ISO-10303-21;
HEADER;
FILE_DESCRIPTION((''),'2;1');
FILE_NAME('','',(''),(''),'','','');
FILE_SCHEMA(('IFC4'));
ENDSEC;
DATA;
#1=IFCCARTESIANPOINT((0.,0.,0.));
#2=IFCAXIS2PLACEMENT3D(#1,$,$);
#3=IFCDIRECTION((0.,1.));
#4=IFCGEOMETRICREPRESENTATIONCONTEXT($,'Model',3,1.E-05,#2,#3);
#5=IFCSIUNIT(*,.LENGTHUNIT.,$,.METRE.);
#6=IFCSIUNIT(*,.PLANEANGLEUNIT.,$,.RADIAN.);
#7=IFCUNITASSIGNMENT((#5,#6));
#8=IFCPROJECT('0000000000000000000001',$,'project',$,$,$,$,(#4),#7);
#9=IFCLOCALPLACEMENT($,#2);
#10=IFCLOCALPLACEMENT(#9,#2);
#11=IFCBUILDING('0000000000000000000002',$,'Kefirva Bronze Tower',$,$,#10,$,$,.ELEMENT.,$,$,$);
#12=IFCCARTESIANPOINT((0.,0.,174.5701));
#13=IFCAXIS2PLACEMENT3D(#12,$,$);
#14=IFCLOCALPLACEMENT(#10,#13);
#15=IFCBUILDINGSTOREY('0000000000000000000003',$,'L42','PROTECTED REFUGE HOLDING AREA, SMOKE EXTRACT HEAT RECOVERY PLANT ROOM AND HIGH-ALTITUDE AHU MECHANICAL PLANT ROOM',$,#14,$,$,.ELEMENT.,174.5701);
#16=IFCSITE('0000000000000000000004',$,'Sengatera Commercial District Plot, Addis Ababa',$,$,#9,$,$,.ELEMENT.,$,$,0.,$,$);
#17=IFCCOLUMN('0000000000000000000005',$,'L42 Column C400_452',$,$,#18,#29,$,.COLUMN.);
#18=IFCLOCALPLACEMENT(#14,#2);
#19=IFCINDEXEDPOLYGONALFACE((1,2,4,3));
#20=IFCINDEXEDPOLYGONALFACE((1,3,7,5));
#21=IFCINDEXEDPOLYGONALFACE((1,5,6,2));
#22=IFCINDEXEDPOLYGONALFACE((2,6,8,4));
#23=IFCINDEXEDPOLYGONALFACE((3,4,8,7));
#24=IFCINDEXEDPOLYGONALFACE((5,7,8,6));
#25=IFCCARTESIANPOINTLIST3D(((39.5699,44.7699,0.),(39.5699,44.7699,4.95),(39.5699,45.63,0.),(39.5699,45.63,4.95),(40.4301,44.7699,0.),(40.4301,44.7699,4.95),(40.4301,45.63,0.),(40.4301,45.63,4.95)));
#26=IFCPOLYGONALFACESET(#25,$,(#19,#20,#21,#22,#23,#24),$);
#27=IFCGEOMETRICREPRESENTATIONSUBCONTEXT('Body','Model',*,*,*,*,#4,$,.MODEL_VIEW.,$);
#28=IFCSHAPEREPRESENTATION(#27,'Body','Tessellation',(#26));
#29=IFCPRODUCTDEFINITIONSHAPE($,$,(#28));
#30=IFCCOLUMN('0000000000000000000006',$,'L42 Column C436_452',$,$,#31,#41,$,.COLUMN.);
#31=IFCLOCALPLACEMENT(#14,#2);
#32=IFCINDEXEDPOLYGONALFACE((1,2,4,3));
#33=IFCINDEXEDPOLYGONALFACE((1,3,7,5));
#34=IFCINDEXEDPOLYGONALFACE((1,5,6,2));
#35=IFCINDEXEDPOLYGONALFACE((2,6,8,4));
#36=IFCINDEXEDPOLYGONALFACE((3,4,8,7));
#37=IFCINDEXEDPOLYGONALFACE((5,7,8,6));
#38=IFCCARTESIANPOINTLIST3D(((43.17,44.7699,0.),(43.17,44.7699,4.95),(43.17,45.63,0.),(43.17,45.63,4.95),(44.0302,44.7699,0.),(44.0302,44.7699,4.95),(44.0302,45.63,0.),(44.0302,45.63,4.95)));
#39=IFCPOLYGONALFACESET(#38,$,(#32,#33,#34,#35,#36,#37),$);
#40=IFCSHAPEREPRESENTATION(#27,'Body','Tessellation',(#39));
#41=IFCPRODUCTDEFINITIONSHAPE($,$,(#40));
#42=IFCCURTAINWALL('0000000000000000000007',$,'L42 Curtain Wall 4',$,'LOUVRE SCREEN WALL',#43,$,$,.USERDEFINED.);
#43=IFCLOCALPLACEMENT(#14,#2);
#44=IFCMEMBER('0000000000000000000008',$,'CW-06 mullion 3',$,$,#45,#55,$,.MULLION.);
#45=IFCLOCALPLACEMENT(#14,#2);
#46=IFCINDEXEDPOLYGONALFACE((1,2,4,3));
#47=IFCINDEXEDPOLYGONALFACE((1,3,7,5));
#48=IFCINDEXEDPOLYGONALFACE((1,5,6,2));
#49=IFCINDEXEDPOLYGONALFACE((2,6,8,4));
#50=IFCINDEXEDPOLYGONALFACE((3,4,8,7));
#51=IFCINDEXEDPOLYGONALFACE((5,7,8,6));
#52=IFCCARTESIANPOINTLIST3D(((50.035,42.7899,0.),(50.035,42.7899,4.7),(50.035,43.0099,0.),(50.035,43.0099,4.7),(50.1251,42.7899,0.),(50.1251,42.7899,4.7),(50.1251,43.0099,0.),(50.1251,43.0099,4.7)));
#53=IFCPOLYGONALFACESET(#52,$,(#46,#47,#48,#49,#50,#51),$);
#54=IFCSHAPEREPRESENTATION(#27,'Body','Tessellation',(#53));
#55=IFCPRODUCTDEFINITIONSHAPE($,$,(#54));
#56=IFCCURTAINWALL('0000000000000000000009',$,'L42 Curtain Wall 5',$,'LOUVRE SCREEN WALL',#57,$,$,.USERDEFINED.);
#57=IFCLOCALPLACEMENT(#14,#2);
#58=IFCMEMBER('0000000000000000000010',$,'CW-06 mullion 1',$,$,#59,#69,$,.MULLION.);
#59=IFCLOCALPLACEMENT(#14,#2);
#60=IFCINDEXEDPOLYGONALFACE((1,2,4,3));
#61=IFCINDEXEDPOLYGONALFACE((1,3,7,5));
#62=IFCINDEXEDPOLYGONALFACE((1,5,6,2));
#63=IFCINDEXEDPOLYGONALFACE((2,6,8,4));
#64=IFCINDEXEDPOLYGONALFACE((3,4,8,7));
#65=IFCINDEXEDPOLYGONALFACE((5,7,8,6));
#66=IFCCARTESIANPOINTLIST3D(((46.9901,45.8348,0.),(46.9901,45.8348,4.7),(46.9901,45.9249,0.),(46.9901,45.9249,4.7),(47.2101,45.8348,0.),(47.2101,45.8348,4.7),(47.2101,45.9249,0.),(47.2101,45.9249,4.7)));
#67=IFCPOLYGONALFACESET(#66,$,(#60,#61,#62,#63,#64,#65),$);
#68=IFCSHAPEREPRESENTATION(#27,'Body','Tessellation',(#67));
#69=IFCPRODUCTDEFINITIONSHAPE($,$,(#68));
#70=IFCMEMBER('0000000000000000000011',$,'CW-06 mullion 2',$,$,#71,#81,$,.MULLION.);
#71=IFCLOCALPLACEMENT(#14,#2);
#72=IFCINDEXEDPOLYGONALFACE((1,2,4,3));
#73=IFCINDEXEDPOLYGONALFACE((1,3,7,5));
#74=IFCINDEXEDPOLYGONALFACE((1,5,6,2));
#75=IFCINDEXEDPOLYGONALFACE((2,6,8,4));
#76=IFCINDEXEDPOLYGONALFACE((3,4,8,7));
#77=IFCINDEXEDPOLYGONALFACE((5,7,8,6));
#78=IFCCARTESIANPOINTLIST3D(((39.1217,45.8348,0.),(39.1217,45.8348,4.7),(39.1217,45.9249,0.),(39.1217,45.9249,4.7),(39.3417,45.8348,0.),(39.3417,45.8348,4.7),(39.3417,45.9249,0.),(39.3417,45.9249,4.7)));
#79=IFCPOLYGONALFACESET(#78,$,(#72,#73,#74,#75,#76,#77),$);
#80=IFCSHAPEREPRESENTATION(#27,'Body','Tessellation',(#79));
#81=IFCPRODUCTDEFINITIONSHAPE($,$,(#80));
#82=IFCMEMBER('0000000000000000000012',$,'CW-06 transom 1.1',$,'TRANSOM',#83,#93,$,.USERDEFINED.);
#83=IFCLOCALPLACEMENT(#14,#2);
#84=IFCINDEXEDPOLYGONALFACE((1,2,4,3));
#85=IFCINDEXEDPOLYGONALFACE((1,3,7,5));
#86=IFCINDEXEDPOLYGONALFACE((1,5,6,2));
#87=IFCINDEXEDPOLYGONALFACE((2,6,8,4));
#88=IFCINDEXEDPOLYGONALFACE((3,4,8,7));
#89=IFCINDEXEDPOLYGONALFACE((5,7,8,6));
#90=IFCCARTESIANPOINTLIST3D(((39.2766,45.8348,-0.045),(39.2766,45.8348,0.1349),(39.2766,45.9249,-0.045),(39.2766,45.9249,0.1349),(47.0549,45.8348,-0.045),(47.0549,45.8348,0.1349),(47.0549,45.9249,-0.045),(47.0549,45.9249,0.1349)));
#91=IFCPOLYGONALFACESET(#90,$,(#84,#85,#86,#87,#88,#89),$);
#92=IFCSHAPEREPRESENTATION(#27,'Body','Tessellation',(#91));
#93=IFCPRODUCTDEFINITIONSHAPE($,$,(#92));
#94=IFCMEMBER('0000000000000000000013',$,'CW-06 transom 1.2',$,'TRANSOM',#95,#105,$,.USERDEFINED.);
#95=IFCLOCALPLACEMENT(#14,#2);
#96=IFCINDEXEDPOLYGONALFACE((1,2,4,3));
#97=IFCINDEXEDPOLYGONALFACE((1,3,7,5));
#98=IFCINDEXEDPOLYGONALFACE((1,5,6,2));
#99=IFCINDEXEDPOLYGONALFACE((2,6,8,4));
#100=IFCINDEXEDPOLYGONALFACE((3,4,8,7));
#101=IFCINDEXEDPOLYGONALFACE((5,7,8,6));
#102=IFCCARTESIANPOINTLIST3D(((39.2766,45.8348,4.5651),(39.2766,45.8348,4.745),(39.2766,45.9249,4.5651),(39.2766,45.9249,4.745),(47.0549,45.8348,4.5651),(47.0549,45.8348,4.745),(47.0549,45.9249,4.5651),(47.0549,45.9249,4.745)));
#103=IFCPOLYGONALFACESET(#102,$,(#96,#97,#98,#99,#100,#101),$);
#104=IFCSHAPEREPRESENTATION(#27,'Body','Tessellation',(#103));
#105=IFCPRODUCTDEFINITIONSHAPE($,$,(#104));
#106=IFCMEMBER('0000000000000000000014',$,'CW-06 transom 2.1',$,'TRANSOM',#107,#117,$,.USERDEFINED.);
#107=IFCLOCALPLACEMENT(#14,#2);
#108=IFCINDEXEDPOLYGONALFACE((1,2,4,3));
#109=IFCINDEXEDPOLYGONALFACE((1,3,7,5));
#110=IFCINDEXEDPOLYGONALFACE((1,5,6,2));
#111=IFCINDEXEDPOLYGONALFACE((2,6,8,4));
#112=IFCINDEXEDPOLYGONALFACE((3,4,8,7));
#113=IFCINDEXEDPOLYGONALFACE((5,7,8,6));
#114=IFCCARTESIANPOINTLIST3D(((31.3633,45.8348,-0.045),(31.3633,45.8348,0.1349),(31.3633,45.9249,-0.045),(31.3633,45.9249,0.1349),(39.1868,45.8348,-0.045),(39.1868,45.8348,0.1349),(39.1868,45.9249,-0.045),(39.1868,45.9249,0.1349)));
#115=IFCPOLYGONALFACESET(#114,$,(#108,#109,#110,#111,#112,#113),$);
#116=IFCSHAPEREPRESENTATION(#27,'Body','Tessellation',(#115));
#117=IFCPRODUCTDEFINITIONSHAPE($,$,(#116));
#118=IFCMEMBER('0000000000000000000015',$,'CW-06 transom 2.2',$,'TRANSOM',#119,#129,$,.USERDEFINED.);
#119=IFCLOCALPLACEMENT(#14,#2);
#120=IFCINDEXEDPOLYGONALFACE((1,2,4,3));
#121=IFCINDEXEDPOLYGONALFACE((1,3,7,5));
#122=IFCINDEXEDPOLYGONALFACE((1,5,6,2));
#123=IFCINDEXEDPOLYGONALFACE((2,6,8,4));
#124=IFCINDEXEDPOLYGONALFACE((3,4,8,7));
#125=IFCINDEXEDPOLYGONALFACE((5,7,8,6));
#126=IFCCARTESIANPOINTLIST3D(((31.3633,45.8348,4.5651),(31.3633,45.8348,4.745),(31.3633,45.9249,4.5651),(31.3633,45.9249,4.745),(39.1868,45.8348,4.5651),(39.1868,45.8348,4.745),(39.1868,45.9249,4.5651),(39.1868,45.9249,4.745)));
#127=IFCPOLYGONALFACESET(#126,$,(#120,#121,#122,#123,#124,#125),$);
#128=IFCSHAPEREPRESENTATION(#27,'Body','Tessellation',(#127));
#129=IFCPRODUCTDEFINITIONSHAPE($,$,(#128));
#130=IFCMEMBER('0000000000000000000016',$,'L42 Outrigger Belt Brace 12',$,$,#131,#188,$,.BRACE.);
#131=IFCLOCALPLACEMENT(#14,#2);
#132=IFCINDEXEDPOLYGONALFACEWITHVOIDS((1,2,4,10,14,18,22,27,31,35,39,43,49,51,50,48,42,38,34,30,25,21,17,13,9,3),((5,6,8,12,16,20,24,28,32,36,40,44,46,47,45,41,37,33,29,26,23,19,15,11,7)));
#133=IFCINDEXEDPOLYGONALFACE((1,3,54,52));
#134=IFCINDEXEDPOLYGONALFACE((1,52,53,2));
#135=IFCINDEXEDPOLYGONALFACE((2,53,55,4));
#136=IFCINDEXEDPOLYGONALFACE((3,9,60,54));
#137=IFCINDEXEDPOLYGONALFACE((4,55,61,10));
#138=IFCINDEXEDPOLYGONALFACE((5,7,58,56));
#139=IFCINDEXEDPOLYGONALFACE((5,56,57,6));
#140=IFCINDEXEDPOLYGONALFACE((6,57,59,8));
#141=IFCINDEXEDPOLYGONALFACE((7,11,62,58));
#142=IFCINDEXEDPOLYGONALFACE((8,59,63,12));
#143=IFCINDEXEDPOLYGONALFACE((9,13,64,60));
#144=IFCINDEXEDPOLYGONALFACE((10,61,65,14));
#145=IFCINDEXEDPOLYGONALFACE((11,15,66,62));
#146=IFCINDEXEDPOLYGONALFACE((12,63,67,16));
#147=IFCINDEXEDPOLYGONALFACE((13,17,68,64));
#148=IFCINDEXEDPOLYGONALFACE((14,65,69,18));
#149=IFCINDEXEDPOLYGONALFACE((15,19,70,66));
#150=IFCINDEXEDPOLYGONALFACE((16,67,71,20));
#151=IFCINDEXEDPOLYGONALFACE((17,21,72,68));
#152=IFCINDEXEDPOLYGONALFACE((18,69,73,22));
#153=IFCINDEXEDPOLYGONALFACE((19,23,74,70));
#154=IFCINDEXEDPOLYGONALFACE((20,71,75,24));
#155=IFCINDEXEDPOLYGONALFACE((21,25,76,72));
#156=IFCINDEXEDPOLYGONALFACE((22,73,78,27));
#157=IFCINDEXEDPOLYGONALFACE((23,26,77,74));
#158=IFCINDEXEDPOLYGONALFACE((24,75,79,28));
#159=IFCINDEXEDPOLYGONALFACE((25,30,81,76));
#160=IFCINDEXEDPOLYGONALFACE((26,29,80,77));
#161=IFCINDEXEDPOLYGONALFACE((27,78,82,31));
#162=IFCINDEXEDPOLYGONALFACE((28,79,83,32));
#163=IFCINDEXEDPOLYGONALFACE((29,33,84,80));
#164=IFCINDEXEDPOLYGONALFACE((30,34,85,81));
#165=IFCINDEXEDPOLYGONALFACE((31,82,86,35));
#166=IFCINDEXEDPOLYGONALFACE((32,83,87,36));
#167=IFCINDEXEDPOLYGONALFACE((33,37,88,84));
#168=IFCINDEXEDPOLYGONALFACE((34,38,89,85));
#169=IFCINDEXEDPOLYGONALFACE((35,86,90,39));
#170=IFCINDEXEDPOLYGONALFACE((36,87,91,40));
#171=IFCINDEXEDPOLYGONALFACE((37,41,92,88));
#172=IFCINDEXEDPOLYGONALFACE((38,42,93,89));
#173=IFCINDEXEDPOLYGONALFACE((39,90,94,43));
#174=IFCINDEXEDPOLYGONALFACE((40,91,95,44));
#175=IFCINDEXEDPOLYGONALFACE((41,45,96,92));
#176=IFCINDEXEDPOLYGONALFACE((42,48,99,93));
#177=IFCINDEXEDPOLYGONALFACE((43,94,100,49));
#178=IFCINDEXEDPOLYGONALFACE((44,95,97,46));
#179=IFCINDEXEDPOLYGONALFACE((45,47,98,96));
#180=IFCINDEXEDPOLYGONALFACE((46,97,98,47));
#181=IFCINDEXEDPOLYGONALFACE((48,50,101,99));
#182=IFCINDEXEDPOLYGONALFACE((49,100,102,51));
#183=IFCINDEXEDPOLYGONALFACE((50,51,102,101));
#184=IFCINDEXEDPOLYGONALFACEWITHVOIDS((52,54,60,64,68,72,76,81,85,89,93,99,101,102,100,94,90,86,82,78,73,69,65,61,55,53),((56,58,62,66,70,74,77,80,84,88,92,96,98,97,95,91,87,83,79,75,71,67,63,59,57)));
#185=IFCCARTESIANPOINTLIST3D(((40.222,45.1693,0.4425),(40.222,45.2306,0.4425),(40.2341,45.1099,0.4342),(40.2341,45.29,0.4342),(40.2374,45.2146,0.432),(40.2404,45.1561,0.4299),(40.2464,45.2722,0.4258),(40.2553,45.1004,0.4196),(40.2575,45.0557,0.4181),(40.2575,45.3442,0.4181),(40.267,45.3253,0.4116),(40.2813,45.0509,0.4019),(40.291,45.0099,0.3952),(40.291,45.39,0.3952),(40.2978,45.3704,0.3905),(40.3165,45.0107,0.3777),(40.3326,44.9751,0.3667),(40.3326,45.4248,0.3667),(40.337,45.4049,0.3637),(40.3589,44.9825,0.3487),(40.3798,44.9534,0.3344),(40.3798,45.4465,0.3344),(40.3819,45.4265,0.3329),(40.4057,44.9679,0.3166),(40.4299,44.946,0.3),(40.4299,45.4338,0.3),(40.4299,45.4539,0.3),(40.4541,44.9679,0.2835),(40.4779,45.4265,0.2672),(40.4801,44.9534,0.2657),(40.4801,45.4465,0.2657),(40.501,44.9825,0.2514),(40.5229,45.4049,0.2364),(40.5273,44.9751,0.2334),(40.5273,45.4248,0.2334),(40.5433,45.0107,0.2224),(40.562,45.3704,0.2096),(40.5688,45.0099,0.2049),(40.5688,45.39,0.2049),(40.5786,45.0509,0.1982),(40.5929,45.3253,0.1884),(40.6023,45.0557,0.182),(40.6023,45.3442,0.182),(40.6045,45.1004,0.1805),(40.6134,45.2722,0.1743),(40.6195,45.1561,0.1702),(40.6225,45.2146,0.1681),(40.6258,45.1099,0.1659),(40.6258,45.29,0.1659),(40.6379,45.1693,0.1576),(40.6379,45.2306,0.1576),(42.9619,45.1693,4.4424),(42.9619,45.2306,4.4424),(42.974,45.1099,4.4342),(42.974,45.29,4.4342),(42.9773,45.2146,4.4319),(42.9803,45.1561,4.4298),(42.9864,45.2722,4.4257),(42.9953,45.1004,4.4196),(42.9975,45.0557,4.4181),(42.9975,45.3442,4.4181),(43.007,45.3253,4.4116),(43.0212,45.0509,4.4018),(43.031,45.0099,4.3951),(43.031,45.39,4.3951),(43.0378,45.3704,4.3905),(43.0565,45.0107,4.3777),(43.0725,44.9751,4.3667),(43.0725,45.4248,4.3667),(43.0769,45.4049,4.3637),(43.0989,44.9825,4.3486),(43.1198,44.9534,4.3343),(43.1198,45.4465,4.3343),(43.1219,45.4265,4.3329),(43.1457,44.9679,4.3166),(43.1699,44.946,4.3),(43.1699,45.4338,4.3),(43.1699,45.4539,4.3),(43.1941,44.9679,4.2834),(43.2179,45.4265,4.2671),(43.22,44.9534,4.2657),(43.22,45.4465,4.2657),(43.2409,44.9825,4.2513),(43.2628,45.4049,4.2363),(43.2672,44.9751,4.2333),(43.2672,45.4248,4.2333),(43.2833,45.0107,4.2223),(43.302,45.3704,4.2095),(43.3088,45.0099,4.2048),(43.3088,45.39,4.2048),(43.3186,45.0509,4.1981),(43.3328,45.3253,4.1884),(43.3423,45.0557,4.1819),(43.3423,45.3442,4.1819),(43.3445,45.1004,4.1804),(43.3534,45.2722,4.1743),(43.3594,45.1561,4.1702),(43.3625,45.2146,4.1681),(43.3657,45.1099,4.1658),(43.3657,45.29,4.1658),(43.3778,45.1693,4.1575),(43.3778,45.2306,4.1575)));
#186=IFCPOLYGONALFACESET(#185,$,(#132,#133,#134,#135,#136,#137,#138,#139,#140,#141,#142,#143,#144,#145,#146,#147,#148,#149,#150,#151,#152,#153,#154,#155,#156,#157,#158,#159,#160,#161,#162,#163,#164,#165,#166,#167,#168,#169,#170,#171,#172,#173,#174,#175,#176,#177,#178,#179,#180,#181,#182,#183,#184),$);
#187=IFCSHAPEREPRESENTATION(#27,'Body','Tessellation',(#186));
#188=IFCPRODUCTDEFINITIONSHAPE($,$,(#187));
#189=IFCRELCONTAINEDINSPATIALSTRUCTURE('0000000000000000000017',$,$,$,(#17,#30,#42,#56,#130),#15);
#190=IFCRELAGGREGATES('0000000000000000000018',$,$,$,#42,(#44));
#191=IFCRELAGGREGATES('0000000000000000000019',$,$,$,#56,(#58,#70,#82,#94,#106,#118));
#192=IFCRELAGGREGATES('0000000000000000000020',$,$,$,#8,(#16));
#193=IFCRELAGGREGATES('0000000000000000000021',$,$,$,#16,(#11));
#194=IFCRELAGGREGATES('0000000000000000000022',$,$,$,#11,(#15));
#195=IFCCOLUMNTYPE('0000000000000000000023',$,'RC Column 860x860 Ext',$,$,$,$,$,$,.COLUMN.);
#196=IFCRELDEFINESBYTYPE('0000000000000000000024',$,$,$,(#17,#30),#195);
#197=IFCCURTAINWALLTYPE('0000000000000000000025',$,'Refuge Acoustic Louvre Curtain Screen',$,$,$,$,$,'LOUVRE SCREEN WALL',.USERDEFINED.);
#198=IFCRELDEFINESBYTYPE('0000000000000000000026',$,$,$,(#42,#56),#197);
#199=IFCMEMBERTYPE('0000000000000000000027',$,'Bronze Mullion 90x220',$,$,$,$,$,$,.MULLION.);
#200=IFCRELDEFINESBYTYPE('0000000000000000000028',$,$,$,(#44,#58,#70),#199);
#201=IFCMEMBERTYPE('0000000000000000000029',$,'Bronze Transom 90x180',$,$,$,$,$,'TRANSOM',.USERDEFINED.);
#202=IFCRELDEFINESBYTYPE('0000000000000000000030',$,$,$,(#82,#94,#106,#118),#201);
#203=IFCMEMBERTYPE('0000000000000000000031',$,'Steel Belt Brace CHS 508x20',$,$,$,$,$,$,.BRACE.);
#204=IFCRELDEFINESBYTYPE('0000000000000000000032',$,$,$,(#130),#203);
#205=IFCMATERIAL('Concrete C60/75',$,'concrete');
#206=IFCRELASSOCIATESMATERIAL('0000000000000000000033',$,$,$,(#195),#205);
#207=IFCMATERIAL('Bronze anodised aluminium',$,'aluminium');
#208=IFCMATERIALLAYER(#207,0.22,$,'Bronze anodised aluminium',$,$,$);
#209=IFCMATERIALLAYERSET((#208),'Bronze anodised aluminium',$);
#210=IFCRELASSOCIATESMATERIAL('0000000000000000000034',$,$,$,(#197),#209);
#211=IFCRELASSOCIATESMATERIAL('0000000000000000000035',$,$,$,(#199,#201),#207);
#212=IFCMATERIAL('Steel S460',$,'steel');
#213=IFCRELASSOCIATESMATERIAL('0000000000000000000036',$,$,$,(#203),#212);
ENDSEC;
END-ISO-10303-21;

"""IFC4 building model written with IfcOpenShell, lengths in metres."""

from ifc_helpers import new_model, si_unit, direction, frame, origin, origin_2d, place, context, subcontext, project, spatial, rectangle, hollow_circle, extrude, material, layer, layer_set, material_profile, profile_set, type_object, element, aggregate, save


model = new_model("IFC4")

# Units and contexts
model_context = context("Model", 3, precision=1e-05, world=origin(), true_north=direction((0.0, 1.0)))
body_context = subcontext(model_context, "Body", "Model", "MODEL_VIEW")
ifc_project = project(units=[si_unit("LENGTHUNIT", "METRE"), si_unit("PLANEANGLEUNIT", "RADIAN")], contexts=[model_context])

# Site, building, storey
site_placement = place(None, origin())
site = spatial("IfcSite", under=ifc_project, at=site_placement, Name="Sengatera Commercial District Plot, Addis Ababa", CompositionType="ELEMENT", RefElevation=0.0)
building_placement = place(site_placement, origin())
building = spatial("IfcBuilding", under=site, at=building_placement, Name="Kefirva Bronze Tower", CompositionType="ELEMENT")
storey_placement = place(building_placement, frame((0.0, 0.0, 174.5701)))
storey = spatial("IfcBuildingStorey", under=building, at=storey_placement, Name="L42", Description="PROTECTED REFUGE HOLDING AREA, SMOKE EXTRACT HEAT RECOVERY PLANT ROOM AND HIGH-ALTITUDE AHU MECHANICAL PLANT ROOM", CompositionType="ELEMENT", Elevation=174.5701)

# Columns
ifc_material_1 = material(Name="Concrete C60/75", Category="concrete")
ifc_material_profile_1 = material_profile(ifc_material_1, rectangle(XDim=0.8601, YDim=0.8601, at=origin_2d()), Name="RC 860x860")
ifc_profile_set_1 = profile_set([ifc_material_profile_1], Name="Concrete C60/75")
column_type = type_object("IfcColumnType", Name="RC Column 860x860 Ext", PredefinedType="COLUMN", material=ifc_profile_set_1)
for number, where, z_axis, x_axis, name in (
    (1, (40.0, 45.2, 0.0), (0.0, 0.0, 1.0), (1.0, 0.0, 0.0), "L42 Column C400_452"),
    (2, (43.6001, 45.2, 0.0), (0.0, 0.0, 1.0), (1.0, 0.0, 0.0), "L42 Column C436_452"),
):
    element("IfcColumn", number, at=place(storey_placement, frame(where, z_axis=z_axis, x_axis=x_axis)), inside=storey, type_object=column_type, Name=name, PredefinedType="COLUMN", context=body_context, shape_type="SweptSolid", body=[
        extrude(rectangle(XDim=0.8601, YDim=0.8601, at=origin_2d()), origin(), (0.0, 0.0, 1.0), 4.95),
    ])

# Curtain wall, member
ifc_material_2 = material(Name="Bronze anodised aluminium", Category="aluminium")
ifc_layer_1 = layer(ifc_material_2, 0.22, Name="Bronze anodised aluminium")
ifc_layer_set_1 = layer_set([ifc_layer_1], Name="Bronze anodised aluminium")
curtain_wall_type = type_object("IfcCurtainWallType", Name="Refuge Acoustic Louvre Curtain Screen", ElementType="LOUVRE SCREEN WALL", PredefinedType="USERDEFINED", material=ifc_layer_set_1)
curtain_wall_1_placement = place(storey_placement, origin())
curtain_wall_1 = element("IfcCurtainWall", 3, at=curtain_wall_1_placement, inside=storey, type_object=curtain_wall_type, Name="L42 Curtain Wall 4", ObjectType="LOUVRE SCREEN WALL", PredefinedType="USERDEFINED")
ifc_material_profile_2 = material_profile(ifc_material_2, rectangle(XDim=0.0901, YDim=0.22, at=origin_2d()), Name="ALU 90x220")
ifc_profile_set_2 = profile_set([ifc_material_profile_2], Name="Bronze anodised aluminium")
member_type_1 = type_object("IfcMemberType", Name="Bronze Mullion 90x220", PredefinedType="MULLION", material=ifc_profile_set_2)
member_1_placement = place(storey_placement, frame((50.0801, 42.8999, 0.0), z_axis=(0.0, 0.0, 1.0), x_axis=(-1.0, 0.0, 0.0)))
member_1 = element("IfcMember", 4, at=member_1_placement, type_object=member_type_1, Name="CW-06 mullion 3", PredefinedType="MULLION", context=body_context, shape_type="SweptSolid", body=[
    extrude(rectangle(XDim=0.0901, YDim=0.22, at=origin_2d()), origin(), (0.0, 0.0, 1.0), 4.7),
])
aggregate(curtain_wall_1, [member_1])

# Curtain wall, members
curtain_wall_2_placement = place(storey_placement, origin())
curtain_wall_2 = element("IfcCurtainWall", 5, at=curtain_wall_2_placement, inside=storey, type_object=curtain_wall_type, Name="L42 Curtain Wall 5", ObjectType="LOUVRE SCREEN WALL", PredefinedType="USERDEFINED")
member_2_placement = place(storey_placement, frame((47.1001, 45.8799, 0.0), z_axis=(0.0, 0.0, 1.0), x_axis=(0.0, -1.0, 0.0)))
member_2 = element("IfcMember", 6, at=member_2_placement, type_object=member_type_1, Name="CW-06 mullion 1", PredefinedType="MULLION", context=body_context, shape_type="SweptSolid", body=[
    extrude(rectangle(XDim=0.0901, YDim=0.22, at=origin_2d()), origin(), (0.0, 0.0, 1.0), 4.7),
])
member_3_placement = place(storey_placement, frame((39.2317, 45.8799, 0.0), z_axis=(0.0, 0.0, 1.0), x_axis=(0.0, -1.0, 0.0)))
member_3 = element("IfcMember", 7, at=member_3_placement, type_object=member_type_1, Name="CW-06 mullion 2", PredefinedType="MULLION", context=body_context, shape_type="SweptSolid", body=[
    extrude(rectangle(XDim=0.0901, YDim=0.22, at=origin_2d()), origin(), (0.0, 0.0, 1.0), 4.7),
])
ifc_material_profile_3 = material_profile(ifc_material_2, rectangle(XDim=0.0901, YDim=0.1799, at=origin_2d()), Name="ALU 90x180")
ifc_profile_set_3 = profile_set([ifc_material_profile_3], Name="Bronze anodised aluminium")
member_type_2 = type_object("IfcMemberType", Name="Bronze Transom 90x180", ElementType="TRANSOM", PredefinedType="USERDEFINED", material=ifc_profile_set_3)
member_4_placement = place(storey_placement, frame((47.0549, 45.8799, 0.0449), z_axis=(-1.0, 0.0, 0.0), x_axis=(0.0, -1.0, 0.0)))
member_4 = element("IfcMember", 8, at=member_4_placement, type_object=member_type_2, Name="CW-06 transom 1.1", ObjectType="TRANSOM", PredefinedType="USERDEFINED", context=body_context, shape_type="SweptSolid", body=[
    extrude(rectangle(XDim=0.0901, YDim=0.1799, at=origin_2d()), origin(), (0.0, 0.0, 1.0), 7.7783),
])
member_5_placement = place(storey_placement, frame((47.0549, 45.8799, 4.655), z_axis=(-1.0, 0.0, 0.0), x_axis=(0.0, -1.0, 0.0)))
member_5 = element("IfcMember", 9, at=member_5_placement, type_object=member_type_2, Name="CW-06 transom 1.2", ObjectType="TRANSOM", PredefinedType="USERDEFINED", context=body_context, shape_type="SweptSolid", body=[
    extrude(rectangle(XDim=0.0901, YDim=0.1799, at=origin_2d()), origin(), (0.0, 0.0, 1.0), 7.7783),
])
member_6_placement = place(storey_placement, frame((39.1868, 45.8799, 0.0449), z_axis=(-1.0, 0.0, 0.0), x_axis=(0.0, -1.0, 0.0)))
member_6 = element("IfcMember", 10, at=member_6_placement, type_object=member_type_2, Name="CW-06 transom 2.1", ObjectType="TRANSOM", PredefinedType="USERDEFINED", context=body_context, shape_type="SweptSolid", body=[
    extrude(rectangle(XDim=0.0901, YDim=0.1799, at=origin_2d()), origin(), (0.0, 0.0, 1.0), 7.8235),
])
member_7_placement = place(storey_placement, frame((39.1868, 45.8799, 4.655), z_axis=(-1.0, 0.0, 0.0), x_axis=(0.0, -1.0, 0.0)))
member_7 = element("IfcMember", 11, at=member_7_placement, type_object=member_type_2, Name="CW-06 transom 2.2", ObjectType="TRANSOM", PredefinedType="USERDEFINED", context=body_context, shape_type="SweptSolid", body=[
    extrude(rectangle(XDim=0.0901, YDim=0.1799, at=origin_2d()), origin(), (0.0, 0.0, 1.0), 7.8235),
])

# Member
ifc_material_3 = material(Name="Steel S460", Category="steel")
ifc_material_profile_4 = material_profile(ifc_material_3, hollow_circle(Radius=0.2539, WallThickness=0.02, at=origin_2d()), Name="CHS 508x20")
ifc_profile_set_4 = profile_set([ifc_material_profile_4], Name="Steel S460")
member_type_3 = type_object("IfcMemberType", Name="Steel Belt Brace CHS 508x20", PredefinedType="BRACE", material=ifc_profile_set_4)
member_8_placement = place(storey_placement, frame((40.4299, 45.2, 0.3), z_axis=(0.565126, 0.0, 0.825005), x_axis=(0.0, 1.0, 0.0)))
element("IfcMember", 12, at=member_8_placement, inside=storey, type_object=member_type_3, Name="L42 Outrigger Belt Brace 12", PredefinedType="BRACE", context=body_context, shape_type="SweptSolid", body=[
    extrude(hollow_circle(Radius=0.2539, WallThickness=0.02, at=origin_2d()), origin(), (0.0, 0.0, 1.0), 4.8484),
])

aggregate(curtain_wall_2, [member_2, member_3, member_4, member_5, member_6, member_7])

save(model, "model.ifc")
